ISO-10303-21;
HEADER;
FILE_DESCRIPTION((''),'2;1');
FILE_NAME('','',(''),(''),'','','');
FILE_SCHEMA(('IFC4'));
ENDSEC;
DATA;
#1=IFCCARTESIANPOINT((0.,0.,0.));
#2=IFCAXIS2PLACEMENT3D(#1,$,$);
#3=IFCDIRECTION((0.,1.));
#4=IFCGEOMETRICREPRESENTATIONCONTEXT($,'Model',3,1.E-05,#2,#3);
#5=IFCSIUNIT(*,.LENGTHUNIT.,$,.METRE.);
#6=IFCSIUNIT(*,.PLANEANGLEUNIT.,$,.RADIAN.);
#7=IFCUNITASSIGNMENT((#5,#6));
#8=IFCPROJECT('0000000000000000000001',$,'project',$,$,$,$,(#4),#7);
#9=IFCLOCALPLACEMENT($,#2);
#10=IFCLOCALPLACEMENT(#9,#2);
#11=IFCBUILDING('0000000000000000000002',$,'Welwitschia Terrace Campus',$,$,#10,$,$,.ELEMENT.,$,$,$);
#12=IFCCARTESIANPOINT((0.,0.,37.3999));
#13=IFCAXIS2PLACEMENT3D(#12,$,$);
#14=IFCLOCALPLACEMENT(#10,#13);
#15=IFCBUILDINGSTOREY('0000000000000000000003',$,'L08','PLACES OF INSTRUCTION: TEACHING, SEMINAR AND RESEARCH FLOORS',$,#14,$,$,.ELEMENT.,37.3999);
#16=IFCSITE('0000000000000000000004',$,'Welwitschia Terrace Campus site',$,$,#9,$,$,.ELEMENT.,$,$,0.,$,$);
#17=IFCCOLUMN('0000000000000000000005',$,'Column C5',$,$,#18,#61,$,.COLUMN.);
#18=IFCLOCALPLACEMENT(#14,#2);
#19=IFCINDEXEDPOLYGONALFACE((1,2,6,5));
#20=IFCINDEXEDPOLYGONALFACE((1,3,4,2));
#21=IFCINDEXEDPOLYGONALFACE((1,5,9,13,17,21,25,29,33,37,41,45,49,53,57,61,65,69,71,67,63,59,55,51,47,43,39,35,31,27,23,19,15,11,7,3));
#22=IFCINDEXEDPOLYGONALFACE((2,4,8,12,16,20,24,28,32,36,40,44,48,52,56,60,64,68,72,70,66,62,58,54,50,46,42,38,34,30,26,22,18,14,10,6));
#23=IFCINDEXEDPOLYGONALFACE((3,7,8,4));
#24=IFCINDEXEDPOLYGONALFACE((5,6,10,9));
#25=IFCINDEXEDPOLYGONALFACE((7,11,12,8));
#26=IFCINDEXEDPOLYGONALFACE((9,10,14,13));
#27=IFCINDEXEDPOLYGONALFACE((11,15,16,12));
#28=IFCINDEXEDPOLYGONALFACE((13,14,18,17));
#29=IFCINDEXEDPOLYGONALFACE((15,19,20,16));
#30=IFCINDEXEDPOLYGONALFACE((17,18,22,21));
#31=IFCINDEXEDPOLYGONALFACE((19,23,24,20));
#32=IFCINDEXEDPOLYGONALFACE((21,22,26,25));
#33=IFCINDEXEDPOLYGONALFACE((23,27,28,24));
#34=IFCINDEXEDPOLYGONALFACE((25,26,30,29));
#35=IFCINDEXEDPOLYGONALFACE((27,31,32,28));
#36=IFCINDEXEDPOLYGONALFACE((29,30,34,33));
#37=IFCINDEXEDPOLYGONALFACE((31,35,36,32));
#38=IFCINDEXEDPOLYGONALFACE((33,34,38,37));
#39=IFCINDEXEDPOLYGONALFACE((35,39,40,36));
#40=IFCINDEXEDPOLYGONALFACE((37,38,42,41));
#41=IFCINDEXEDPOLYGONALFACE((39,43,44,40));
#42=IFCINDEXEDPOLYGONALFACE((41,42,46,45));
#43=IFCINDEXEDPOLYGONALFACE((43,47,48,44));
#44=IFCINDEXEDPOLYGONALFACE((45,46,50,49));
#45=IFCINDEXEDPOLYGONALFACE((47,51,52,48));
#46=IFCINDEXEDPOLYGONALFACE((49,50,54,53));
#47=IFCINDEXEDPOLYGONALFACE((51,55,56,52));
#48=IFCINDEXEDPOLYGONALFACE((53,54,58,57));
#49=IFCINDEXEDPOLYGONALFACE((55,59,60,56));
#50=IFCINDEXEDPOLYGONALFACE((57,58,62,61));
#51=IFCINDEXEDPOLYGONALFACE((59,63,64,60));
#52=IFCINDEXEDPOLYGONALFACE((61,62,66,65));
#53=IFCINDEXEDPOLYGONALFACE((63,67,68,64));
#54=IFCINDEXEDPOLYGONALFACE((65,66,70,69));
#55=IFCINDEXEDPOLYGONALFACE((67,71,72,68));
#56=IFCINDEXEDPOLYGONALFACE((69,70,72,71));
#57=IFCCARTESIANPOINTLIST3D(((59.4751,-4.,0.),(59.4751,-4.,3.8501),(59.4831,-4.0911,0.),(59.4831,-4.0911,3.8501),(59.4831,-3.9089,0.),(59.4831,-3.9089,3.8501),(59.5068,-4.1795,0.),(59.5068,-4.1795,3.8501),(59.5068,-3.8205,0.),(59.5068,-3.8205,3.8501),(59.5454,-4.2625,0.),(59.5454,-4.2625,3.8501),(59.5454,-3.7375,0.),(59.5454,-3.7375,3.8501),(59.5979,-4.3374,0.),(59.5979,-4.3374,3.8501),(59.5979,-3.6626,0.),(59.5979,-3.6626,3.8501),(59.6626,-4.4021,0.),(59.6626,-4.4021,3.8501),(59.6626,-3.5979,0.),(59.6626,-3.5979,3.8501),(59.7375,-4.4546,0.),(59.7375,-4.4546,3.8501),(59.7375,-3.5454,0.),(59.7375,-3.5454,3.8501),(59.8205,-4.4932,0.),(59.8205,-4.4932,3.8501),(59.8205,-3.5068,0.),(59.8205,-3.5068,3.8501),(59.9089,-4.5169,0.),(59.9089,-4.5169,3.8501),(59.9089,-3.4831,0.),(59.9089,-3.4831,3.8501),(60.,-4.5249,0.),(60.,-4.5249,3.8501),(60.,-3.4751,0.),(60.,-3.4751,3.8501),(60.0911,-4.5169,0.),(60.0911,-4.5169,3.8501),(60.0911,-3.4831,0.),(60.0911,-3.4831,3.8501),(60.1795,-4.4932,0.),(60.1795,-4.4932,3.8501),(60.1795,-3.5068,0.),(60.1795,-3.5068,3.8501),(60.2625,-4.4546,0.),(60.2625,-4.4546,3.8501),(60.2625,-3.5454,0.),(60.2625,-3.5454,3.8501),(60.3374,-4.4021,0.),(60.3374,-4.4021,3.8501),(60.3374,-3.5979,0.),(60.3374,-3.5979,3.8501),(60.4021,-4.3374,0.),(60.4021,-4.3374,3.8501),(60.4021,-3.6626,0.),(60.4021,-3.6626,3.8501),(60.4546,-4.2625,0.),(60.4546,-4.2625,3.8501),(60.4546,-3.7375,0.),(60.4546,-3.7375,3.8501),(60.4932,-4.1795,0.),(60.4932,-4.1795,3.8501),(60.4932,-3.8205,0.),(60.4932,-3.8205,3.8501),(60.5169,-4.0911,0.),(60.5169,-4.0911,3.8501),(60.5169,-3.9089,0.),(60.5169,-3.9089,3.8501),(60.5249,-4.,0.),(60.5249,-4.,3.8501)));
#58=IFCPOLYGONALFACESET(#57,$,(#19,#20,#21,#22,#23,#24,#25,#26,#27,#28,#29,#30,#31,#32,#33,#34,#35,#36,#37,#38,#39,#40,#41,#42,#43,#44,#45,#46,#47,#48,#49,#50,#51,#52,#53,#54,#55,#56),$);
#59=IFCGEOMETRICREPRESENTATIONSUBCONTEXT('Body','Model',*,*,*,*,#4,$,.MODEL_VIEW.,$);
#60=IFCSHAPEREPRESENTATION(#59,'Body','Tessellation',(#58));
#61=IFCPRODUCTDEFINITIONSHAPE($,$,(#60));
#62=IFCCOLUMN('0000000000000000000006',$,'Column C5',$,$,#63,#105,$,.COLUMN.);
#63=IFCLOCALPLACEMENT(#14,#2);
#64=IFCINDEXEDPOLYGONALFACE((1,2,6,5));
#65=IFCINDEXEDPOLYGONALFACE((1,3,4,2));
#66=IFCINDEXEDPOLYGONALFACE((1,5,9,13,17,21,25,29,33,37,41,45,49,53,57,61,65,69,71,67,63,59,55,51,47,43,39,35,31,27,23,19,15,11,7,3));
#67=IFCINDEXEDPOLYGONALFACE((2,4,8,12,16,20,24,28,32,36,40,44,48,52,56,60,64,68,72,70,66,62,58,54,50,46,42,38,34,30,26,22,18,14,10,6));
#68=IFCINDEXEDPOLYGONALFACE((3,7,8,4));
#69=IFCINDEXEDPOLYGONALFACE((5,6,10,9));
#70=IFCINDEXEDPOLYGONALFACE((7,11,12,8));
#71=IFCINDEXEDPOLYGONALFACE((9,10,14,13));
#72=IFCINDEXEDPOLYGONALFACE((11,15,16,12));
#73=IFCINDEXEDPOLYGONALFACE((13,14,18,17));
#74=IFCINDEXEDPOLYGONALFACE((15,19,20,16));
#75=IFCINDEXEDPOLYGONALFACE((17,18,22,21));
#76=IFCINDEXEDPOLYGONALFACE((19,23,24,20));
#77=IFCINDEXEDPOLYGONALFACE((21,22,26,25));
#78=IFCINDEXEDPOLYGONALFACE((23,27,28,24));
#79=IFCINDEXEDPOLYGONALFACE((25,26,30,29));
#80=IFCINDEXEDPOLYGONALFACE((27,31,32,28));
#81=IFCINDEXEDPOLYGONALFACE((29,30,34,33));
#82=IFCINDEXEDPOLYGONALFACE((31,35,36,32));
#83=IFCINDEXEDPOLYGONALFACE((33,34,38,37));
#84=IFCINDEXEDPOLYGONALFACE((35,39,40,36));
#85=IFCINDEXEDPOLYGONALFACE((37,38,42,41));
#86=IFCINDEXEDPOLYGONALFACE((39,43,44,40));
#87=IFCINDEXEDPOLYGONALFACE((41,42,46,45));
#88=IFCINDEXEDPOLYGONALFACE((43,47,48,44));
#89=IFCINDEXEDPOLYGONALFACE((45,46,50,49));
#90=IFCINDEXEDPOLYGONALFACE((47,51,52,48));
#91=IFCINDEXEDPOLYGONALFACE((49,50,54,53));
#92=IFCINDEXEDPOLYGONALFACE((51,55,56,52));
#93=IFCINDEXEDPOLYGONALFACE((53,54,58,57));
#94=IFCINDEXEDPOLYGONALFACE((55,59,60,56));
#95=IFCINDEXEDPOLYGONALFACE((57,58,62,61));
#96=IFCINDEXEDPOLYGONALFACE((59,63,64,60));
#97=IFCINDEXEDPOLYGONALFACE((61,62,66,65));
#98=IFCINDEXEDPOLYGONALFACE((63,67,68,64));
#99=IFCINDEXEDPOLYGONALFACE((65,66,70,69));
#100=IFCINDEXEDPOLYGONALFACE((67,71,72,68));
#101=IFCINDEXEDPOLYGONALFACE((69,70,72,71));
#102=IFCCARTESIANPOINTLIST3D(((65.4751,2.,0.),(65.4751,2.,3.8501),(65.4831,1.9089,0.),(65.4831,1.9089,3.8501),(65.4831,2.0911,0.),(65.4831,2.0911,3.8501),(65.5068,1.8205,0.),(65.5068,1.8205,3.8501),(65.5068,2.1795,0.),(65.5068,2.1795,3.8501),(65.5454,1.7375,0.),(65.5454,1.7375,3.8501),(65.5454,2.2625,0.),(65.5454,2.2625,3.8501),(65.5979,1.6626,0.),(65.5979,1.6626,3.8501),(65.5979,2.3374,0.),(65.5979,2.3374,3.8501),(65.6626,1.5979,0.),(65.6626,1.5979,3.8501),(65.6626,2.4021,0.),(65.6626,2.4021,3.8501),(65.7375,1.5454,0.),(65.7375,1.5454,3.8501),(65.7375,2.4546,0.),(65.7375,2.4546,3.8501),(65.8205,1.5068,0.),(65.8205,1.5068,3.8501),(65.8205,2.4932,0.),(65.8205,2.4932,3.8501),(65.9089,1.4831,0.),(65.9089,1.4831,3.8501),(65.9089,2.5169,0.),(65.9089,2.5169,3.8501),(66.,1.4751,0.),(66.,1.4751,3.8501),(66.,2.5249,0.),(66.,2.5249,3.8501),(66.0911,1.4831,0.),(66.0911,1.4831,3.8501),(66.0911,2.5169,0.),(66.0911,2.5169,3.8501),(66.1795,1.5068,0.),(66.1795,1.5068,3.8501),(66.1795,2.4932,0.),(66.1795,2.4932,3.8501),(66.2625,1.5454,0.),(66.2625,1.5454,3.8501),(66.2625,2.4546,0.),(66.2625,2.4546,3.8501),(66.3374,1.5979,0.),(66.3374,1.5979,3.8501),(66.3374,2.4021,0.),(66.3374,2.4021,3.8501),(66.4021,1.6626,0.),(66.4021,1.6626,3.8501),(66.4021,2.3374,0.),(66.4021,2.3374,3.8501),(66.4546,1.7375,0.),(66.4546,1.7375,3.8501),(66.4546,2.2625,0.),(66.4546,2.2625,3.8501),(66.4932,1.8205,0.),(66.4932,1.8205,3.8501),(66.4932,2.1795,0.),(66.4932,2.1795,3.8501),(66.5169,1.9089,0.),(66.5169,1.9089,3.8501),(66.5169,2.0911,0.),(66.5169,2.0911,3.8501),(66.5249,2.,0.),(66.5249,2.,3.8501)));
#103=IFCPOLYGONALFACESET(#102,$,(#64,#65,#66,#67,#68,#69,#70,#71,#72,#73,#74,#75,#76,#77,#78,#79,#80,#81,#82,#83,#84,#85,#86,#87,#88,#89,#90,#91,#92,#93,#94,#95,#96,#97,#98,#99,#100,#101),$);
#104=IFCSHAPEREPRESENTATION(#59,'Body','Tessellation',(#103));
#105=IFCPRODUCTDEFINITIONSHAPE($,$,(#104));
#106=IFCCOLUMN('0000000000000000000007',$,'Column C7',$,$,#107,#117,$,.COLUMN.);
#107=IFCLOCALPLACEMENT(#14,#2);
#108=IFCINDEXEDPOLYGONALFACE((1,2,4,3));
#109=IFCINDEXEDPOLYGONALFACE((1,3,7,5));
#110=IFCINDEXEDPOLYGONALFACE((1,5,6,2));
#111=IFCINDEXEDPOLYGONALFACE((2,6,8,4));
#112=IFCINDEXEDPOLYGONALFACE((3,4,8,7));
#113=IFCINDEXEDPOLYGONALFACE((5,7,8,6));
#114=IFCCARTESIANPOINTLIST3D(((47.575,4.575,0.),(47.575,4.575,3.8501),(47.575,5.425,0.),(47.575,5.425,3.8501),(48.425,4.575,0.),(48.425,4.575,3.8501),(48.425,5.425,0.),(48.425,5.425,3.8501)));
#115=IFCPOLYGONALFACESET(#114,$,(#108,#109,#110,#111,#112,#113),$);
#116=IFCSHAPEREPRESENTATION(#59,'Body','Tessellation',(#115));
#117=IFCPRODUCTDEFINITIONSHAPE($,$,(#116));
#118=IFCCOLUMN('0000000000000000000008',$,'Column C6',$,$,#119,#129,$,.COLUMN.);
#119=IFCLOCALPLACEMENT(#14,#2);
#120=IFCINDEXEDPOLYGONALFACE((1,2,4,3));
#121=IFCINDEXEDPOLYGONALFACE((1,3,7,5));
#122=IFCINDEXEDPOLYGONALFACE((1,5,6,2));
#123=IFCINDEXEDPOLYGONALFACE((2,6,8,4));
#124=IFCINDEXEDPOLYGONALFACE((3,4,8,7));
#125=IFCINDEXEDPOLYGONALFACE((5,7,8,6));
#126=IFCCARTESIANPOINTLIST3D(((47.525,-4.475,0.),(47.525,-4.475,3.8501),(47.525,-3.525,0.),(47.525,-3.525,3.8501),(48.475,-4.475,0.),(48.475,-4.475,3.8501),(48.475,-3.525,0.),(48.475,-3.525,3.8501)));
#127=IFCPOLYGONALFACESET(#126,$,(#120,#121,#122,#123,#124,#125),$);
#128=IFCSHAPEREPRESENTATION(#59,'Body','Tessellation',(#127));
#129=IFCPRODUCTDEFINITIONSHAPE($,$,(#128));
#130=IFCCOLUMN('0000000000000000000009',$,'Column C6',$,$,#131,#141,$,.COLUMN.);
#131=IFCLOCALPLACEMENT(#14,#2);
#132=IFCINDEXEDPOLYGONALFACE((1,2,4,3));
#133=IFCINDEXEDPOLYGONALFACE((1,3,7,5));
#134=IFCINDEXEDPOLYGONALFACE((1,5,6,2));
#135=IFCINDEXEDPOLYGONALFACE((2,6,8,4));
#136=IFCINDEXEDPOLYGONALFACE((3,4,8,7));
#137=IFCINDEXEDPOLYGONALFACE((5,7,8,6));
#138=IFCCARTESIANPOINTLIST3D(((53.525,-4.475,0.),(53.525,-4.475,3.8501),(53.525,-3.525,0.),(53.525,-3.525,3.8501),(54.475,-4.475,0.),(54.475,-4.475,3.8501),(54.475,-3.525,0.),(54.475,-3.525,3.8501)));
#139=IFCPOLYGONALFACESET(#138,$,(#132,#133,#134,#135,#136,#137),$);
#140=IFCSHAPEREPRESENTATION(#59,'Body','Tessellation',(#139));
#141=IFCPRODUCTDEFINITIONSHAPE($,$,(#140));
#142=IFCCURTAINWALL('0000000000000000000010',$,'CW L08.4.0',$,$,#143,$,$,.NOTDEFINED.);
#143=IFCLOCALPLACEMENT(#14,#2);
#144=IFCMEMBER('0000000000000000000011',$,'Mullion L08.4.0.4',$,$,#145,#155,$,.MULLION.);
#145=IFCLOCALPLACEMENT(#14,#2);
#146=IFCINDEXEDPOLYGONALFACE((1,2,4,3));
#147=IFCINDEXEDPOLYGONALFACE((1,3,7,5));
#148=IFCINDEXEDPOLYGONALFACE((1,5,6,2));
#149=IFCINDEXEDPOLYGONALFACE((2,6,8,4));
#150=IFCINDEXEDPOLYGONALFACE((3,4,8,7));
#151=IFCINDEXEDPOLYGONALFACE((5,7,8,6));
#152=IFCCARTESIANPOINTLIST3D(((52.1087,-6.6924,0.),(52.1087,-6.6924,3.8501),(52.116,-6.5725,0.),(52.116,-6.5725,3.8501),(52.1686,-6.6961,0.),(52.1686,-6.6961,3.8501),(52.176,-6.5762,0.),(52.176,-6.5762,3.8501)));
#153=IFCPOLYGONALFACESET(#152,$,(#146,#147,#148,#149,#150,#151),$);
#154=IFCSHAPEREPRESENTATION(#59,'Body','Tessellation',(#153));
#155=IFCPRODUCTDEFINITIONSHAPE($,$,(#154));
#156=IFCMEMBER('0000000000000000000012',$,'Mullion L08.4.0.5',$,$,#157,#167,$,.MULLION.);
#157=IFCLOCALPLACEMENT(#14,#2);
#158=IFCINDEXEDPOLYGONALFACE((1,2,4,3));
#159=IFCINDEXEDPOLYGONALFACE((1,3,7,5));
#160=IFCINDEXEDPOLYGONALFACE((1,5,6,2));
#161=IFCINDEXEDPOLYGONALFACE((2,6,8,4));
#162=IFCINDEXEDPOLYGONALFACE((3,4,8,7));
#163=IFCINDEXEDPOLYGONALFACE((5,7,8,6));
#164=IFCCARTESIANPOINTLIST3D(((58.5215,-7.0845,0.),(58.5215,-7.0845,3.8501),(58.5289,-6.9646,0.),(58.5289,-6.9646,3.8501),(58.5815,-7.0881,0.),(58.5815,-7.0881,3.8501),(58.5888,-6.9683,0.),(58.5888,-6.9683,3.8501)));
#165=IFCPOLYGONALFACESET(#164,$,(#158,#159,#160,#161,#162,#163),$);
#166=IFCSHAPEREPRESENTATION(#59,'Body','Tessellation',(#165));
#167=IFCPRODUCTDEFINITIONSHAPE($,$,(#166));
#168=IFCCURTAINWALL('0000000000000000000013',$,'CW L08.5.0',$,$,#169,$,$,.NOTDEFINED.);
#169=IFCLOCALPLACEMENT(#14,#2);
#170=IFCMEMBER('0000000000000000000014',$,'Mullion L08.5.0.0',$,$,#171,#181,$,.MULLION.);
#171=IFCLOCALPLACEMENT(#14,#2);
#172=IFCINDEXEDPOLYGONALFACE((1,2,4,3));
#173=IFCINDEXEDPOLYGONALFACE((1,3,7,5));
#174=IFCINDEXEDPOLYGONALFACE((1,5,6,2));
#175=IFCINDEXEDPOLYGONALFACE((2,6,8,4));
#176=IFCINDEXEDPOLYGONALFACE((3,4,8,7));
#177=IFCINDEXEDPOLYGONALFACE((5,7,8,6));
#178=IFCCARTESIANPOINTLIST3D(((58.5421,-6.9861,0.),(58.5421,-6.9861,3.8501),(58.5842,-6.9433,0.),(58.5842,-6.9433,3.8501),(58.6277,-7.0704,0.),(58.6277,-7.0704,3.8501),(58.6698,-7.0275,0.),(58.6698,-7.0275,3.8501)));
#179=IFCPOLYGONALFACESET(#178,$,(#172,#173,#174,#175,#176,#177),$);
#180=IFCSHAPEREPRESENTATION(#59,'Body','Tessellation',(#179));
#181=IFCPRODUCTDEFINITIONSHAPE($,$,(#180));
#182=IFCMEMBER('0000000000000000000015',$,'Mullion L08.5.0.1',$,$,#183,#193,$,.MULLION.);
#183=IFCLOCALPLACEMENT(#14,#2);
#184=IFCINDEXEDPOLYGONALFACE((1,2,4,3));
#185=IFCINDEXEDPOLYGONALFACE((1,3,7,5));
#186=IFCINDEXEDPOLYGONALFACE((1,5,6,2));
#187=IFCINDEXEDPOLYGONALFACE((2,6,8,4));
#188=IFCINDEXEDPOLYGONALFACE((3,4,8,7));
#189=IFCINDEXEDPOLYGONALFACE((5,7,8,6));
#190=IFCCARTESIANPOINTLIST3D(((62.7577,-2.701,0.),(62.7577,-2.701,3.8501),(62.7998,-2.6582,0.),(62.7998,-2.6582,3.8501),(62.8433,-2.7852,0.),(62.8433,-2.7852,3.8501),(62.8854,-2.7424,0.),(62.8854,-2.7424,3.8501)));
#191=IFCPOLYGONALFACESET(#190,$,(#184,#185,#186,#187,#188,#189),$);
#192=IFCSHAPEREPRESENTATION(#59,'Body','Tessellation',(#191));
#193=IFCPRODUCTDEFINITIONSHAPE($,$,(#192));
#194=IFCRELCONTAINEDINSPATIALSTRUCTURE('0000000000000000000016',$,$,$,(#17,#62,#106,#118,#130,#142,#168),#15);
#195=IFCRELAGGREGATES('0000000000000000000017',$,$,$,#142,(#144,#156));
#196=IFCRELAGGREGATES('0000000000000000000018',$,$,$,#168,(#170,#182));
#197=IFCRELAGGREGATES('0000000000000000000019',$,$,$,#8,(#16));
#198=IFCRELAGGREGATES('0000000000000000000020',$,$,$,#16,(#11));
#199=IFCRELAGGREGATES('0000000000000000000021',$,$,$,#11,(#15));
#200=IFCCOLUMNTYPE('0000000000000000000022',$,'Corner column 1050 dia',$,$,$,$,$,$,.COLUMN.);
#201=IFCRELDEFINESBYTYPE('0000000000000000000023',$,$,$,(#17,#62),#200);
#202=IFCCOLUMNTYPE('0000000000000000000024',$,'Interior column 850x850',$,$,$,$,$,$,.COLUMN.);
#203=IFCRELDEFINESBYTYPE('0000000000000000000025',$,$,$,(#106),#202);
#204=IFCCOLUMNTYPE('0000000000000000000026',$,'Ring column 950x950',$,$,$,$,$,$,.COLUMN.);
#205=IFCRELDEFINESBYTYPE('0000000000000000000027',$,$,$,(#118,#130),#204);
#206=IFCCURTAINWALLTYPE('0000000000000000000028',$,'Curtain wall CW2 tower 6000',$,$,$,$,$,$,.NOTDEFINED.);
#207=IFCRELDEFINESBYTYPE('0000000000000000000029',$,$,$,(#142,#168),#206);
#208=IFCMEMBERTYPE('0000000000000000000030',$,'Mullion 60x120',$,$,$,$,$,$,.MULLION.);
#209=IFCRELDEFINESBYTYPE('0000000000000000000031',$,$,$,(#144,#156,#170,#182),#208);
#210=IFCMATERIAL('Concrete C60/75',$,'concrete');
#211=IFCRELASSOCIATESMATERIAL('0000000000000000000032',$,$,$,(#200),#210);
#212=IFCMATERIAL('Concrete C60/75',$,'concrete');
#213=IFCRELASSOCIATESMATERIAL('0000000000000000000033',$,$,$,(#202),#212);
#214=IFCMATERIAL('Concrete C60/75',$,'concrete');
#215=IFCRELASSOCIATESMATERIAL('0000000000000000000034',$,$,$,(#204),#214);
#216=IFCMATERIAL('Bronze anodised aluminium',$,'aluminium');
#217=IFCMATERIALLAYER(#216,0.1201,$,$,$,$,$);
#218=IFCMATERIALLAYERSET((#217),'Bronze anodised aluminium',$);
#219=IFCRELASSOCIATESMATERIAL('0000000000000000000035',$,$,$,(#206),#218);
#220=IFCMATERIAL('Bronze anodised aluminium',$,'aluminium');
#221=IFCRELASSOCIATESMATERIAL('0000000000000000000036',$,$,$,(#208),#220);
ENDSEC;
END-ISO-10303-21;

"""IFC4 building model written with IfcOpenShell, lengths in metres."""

from ifc_helpers import new_model, si_unit, direction, frame, origin, origin_2d, place, context, subcontext, project, spatial, rectangle, circle, extrude, material, layer, layer_set, material_profile, profile_set, type_object, element, aggregate, save


model = new_model("IFC4")

# Units and contexts
model_context = context("Model", 3, precision=1e-05, world=origin(), true_north=direction((0.0, 1.0)))
body_context = subcontext(model_context, "Body", "Model", "MODEL_VIEW")
ifc_project = project(units=[si_unit("LENGTHUNIT", "METRE"), si_unit("PLANEANGLEUNIT", "RADIAN")], contexts=[model_context])

# Site, building, storey
site_placement = place(None, origin())
site = spatial("IfcSite", under=ifc_project, at=site_placement, Name="Welwitschia Terrace Campus site", CompositionType="ELEMENT", RefElevation=0.0)
building_placement = place(site_placement, origin())
building = spatial("IfcBuilding", under=site, at=building_placement, Name="Welwitschia Terrace Campus", CompositionType="ELEMENT")
storey_placement = place(building_placement, frame((0.0, 0.0, 37.3999)))
storey = spatial("IfcBuildingStorey", under=building, at=storey_placement, Name="L08", Description="PLACES OF INSTRUCTION: TEACHING, SEMINAR AND RESEARCH FLOORS", CompositionType="ELEMENT", Elevation=37.3999)

# Columns
ifc_material_1 = material(Name="Concrete C60/75", Category="concrete")
ifc_material_profile_1 = material_profile(ifc_material_1, circle(Radius=0.5249, at=origin_2d()))
ifc_profile_set_1 = profile_set([ifc_material_profile_1], Name="Concrete C60/75")
column_type_1 = type_object("IfcColumnType", Name="Corner column 1050 dia", PredefinedType="COLUMN", material=ifc_profile_set_1)
for number, where, z_axis, x_axis, name in (
    (1, (60.0, -4.0, 0.0), (0.0, 0.0, 1.0), (1.0, 0.0, 0.0), "Column C5"),
    (2, (66.0, 2.0, 0.0), (0.0, 0.0, 1.0), (1.0, 0.0, 0.0), "Column C5"),
):
    element("IfcColumn", number, at=place(storey_placement, frame(where, z_axis=z_axis, x_axis=x_axis)), inside=storey, type_object=column_type_1, Name=name, PredefinedType="COLUMN", context=body_context, shape_type="SweptSolid", body=[
        extrude(circle(Radius=0.5249, at=origin_2d()), origin(), (0.0, 0.0, 1.0), 3.8501),
    ])
ifc_material_2 = material(Name="Concrete C60/75", Category="concrete")
ifc_material_profile_2 = material_profile(ifc_material_2, rectangle(XDim=0.8501, YDim=0.8501, at=origin_2d()))
ifc_profile_set_2 = profile_set([ifc_material_profile_2], Name="Concrete C60/75")
column_type_2 = type_object("IfcColumnType", Name="Interior column 850x850", PredefinedType="COLUMN", material=ifc_profile_set_2)
column_placement = place(storey_placement, frame((48.0, 5.0, 0.0), z_axis=(0.0, 0.0, 1.0), x_axis=(1.0, 0.0, 0.0)))
element("IfcColumn", 3, at=column_placement, inside=storey, type_object=column_type_2, Name="Column C7", PredefinedType="COLUMN", context=body_context, shape_type="SweptSolid", body=[
    extrude(rectangle(XDim=0.8501, YDim=0.8501, at=origin_2d()), origin(), (0.0, 0.0, 1.0), 3.8501),
])
ifc_material_3 = material(Name="Concrete C60/75", Category="concrete")
ifc_material_profile_3 = material_profile(ifc_material_3, rectangle(XDim=0.95, YDim=0.95, at=origin_2d()))
ifc_profile_set_3 = profile_set([ifc_material_profile_3], Name="Concrete C60/75")
column_type_3 = type_object("IfcColumnType", Name="Ring column 950x950", PredefinedType="COLUMN", material=ifc_profile_set_3)
for number, where, z_axis, x_axis, name in (
    (4, (48.0, -4.0, 0.0), (0.0, 0.0, 1.0), (1.0, 0.0, 0.0), "Column C6"),
    (5, (54.0, -4.0, 0.0), (0.0, 0.0, 1.0), (1.0, 0.0, 0.0), "Column C6"),
):
    element("IfcColumn", number, at=place(storey_placement, frame(where, z_axis=z_axis, x_axis=x_axis)), inside=storey, type_object=column_type_3, Name=name, PredefinedType="COLUMN", context=body_context, shape_type="SweptSolid", body=[
        extrude(rectangle(XDim=0.95, YDim=0.95, at=origin_2d()), origin(), (0.0, 0.0, 1.0), 3.8501),
    ])

# Curtain walls, members
ifc_material_4 = material(Name="Bronze anodised aluminium", Category="aluminium")
ifc_layer_1 = layer(ifc_material_4, 0.1201)
ifc_layer_set_1 = layer_set([ifc_layer_1], Name="Bronze anodised aluminium")
curtain_wall_type = type_object("IfcCurtainWallType", Name="Curtain wall CW2 tower 6000", PredefinedType="NOTDEFINED", material=ifc_layer_set_1)
curtain_wall_1_placement = place(storey_placement, origin())
curtain_wall_1 = element("IfcCurtainWall", 6, at=curtain_wall_1_placement, inside=storey, type_object=curtain_wall_type, Name="CW L08.4.0", PredefinedType="NOTDEFINED")
ifc_material_5 = material(Name="Bronze anodised aluminium", Category="aluminium")
ifc_material_profile_4 = material_profile(ifc_material_5, rectangle(XDim=0.1201, YDim=0.0601, at=origin_2d()))
ifc_profile_set_4 = profile_set([ifc_material_profile_4], Name="Bronze anodised aluminium")
member_type_1 = type_object("IfcMemberType", Name="Mullion 60x120", PredefinedType="MULLION", material=ifc_profile_set_4)
member_1_placement = place(storey_placement, frame((52.1423, -6.6343, 0.0), z_axis=(0.0, 0.0, 1.0), x_axis=(0.061049, 0.998135, 0.0)))
member_1 = element("IfcMember", 7, at=member_1_placement, type_object=member_type_1, Name="Mullion L08.4.0.4", PredefinedType="MULLION", context=body_context, shape_type="SweptSolid", body=[
    extrude(rectangle(XDim=0.1201, YDim=0.0601, at=origin_2d()), origin(), (0.0, 0.0, 1.0), 3.8501),
])
member_2_placement = place(storey_placement, frame((58.5552, -7.0264, 0.0), z_axis=(0.0, 0.0, 1.0), x_axis=(0.061049, 0.998135, 0.0)))
member_2 = element("IfcMember", 8, at=member_2_placement, type_object=member_type_1, Name="Mullion L08.4.0.5", PredefinedType="MULLION", context=body_context, shape_type="SweptSolid", body=[
    extrude(rectangle(XDim=0.1201, YDim=0.0601, at=origin_2d()), origin(), (0.0, 0.0, 1.0), 3.8501),
])
curtain_wall_2_placement = place(storey_placement, origin())
curtain_wall_2 = element("IfcCurtainWall", 9, at=curtain_wall_2_placement, inside=storey, type_object=curtain_wall_type, Name="CW L08.5.0", PredefinedType="NOTDEFINED")
member_3_placement = place(storey_placement, frame((58.606, -7.0068, 0.0), z_axis=(0.0, 0.0, 1.0), x_axis=(-0.712885, 0.701281, 0.0)))
member_3 = element("IfcMember", 10, at=member_3_placement, type_object=member_type_1, Name="Mullion L08.5.0.0", PredefinedType="MULLION", context=body_context, shape_type="SweptSolid", body=[
    extrude(rectangle(XDim=0.1201, YDim=0.0601, at=origin_2d()), origin(), (0.0, 0.0, 1.0), 3.8501),
])
member_4_placement = place(storey_placement, frame((62.8215, -2.7217, 0.0), z_axis=(0.0, 0.0, 1.0), x_axis=(-0.712885, 0.701281, 0.0)))
member_4 = element("IfcMember", 11, at=member_4_placement, type_object=member_type_1, Name="Mullion L08.5.0.1", PredefinedType="MULLION", context=body_context, shape_type="SweptSolid", body=[
    extrude(rectangle(XDim=0.1201, YDim=0.0601, at=origin_2d()), origin(), (0.0, 0.0, 1.0), 3.8501),
])

aggregate(curtain_wall_1, [member_1, member_2])
aggregate(curtain_wall_2, [member_3, member_4])

save(model, "model.ifc")
